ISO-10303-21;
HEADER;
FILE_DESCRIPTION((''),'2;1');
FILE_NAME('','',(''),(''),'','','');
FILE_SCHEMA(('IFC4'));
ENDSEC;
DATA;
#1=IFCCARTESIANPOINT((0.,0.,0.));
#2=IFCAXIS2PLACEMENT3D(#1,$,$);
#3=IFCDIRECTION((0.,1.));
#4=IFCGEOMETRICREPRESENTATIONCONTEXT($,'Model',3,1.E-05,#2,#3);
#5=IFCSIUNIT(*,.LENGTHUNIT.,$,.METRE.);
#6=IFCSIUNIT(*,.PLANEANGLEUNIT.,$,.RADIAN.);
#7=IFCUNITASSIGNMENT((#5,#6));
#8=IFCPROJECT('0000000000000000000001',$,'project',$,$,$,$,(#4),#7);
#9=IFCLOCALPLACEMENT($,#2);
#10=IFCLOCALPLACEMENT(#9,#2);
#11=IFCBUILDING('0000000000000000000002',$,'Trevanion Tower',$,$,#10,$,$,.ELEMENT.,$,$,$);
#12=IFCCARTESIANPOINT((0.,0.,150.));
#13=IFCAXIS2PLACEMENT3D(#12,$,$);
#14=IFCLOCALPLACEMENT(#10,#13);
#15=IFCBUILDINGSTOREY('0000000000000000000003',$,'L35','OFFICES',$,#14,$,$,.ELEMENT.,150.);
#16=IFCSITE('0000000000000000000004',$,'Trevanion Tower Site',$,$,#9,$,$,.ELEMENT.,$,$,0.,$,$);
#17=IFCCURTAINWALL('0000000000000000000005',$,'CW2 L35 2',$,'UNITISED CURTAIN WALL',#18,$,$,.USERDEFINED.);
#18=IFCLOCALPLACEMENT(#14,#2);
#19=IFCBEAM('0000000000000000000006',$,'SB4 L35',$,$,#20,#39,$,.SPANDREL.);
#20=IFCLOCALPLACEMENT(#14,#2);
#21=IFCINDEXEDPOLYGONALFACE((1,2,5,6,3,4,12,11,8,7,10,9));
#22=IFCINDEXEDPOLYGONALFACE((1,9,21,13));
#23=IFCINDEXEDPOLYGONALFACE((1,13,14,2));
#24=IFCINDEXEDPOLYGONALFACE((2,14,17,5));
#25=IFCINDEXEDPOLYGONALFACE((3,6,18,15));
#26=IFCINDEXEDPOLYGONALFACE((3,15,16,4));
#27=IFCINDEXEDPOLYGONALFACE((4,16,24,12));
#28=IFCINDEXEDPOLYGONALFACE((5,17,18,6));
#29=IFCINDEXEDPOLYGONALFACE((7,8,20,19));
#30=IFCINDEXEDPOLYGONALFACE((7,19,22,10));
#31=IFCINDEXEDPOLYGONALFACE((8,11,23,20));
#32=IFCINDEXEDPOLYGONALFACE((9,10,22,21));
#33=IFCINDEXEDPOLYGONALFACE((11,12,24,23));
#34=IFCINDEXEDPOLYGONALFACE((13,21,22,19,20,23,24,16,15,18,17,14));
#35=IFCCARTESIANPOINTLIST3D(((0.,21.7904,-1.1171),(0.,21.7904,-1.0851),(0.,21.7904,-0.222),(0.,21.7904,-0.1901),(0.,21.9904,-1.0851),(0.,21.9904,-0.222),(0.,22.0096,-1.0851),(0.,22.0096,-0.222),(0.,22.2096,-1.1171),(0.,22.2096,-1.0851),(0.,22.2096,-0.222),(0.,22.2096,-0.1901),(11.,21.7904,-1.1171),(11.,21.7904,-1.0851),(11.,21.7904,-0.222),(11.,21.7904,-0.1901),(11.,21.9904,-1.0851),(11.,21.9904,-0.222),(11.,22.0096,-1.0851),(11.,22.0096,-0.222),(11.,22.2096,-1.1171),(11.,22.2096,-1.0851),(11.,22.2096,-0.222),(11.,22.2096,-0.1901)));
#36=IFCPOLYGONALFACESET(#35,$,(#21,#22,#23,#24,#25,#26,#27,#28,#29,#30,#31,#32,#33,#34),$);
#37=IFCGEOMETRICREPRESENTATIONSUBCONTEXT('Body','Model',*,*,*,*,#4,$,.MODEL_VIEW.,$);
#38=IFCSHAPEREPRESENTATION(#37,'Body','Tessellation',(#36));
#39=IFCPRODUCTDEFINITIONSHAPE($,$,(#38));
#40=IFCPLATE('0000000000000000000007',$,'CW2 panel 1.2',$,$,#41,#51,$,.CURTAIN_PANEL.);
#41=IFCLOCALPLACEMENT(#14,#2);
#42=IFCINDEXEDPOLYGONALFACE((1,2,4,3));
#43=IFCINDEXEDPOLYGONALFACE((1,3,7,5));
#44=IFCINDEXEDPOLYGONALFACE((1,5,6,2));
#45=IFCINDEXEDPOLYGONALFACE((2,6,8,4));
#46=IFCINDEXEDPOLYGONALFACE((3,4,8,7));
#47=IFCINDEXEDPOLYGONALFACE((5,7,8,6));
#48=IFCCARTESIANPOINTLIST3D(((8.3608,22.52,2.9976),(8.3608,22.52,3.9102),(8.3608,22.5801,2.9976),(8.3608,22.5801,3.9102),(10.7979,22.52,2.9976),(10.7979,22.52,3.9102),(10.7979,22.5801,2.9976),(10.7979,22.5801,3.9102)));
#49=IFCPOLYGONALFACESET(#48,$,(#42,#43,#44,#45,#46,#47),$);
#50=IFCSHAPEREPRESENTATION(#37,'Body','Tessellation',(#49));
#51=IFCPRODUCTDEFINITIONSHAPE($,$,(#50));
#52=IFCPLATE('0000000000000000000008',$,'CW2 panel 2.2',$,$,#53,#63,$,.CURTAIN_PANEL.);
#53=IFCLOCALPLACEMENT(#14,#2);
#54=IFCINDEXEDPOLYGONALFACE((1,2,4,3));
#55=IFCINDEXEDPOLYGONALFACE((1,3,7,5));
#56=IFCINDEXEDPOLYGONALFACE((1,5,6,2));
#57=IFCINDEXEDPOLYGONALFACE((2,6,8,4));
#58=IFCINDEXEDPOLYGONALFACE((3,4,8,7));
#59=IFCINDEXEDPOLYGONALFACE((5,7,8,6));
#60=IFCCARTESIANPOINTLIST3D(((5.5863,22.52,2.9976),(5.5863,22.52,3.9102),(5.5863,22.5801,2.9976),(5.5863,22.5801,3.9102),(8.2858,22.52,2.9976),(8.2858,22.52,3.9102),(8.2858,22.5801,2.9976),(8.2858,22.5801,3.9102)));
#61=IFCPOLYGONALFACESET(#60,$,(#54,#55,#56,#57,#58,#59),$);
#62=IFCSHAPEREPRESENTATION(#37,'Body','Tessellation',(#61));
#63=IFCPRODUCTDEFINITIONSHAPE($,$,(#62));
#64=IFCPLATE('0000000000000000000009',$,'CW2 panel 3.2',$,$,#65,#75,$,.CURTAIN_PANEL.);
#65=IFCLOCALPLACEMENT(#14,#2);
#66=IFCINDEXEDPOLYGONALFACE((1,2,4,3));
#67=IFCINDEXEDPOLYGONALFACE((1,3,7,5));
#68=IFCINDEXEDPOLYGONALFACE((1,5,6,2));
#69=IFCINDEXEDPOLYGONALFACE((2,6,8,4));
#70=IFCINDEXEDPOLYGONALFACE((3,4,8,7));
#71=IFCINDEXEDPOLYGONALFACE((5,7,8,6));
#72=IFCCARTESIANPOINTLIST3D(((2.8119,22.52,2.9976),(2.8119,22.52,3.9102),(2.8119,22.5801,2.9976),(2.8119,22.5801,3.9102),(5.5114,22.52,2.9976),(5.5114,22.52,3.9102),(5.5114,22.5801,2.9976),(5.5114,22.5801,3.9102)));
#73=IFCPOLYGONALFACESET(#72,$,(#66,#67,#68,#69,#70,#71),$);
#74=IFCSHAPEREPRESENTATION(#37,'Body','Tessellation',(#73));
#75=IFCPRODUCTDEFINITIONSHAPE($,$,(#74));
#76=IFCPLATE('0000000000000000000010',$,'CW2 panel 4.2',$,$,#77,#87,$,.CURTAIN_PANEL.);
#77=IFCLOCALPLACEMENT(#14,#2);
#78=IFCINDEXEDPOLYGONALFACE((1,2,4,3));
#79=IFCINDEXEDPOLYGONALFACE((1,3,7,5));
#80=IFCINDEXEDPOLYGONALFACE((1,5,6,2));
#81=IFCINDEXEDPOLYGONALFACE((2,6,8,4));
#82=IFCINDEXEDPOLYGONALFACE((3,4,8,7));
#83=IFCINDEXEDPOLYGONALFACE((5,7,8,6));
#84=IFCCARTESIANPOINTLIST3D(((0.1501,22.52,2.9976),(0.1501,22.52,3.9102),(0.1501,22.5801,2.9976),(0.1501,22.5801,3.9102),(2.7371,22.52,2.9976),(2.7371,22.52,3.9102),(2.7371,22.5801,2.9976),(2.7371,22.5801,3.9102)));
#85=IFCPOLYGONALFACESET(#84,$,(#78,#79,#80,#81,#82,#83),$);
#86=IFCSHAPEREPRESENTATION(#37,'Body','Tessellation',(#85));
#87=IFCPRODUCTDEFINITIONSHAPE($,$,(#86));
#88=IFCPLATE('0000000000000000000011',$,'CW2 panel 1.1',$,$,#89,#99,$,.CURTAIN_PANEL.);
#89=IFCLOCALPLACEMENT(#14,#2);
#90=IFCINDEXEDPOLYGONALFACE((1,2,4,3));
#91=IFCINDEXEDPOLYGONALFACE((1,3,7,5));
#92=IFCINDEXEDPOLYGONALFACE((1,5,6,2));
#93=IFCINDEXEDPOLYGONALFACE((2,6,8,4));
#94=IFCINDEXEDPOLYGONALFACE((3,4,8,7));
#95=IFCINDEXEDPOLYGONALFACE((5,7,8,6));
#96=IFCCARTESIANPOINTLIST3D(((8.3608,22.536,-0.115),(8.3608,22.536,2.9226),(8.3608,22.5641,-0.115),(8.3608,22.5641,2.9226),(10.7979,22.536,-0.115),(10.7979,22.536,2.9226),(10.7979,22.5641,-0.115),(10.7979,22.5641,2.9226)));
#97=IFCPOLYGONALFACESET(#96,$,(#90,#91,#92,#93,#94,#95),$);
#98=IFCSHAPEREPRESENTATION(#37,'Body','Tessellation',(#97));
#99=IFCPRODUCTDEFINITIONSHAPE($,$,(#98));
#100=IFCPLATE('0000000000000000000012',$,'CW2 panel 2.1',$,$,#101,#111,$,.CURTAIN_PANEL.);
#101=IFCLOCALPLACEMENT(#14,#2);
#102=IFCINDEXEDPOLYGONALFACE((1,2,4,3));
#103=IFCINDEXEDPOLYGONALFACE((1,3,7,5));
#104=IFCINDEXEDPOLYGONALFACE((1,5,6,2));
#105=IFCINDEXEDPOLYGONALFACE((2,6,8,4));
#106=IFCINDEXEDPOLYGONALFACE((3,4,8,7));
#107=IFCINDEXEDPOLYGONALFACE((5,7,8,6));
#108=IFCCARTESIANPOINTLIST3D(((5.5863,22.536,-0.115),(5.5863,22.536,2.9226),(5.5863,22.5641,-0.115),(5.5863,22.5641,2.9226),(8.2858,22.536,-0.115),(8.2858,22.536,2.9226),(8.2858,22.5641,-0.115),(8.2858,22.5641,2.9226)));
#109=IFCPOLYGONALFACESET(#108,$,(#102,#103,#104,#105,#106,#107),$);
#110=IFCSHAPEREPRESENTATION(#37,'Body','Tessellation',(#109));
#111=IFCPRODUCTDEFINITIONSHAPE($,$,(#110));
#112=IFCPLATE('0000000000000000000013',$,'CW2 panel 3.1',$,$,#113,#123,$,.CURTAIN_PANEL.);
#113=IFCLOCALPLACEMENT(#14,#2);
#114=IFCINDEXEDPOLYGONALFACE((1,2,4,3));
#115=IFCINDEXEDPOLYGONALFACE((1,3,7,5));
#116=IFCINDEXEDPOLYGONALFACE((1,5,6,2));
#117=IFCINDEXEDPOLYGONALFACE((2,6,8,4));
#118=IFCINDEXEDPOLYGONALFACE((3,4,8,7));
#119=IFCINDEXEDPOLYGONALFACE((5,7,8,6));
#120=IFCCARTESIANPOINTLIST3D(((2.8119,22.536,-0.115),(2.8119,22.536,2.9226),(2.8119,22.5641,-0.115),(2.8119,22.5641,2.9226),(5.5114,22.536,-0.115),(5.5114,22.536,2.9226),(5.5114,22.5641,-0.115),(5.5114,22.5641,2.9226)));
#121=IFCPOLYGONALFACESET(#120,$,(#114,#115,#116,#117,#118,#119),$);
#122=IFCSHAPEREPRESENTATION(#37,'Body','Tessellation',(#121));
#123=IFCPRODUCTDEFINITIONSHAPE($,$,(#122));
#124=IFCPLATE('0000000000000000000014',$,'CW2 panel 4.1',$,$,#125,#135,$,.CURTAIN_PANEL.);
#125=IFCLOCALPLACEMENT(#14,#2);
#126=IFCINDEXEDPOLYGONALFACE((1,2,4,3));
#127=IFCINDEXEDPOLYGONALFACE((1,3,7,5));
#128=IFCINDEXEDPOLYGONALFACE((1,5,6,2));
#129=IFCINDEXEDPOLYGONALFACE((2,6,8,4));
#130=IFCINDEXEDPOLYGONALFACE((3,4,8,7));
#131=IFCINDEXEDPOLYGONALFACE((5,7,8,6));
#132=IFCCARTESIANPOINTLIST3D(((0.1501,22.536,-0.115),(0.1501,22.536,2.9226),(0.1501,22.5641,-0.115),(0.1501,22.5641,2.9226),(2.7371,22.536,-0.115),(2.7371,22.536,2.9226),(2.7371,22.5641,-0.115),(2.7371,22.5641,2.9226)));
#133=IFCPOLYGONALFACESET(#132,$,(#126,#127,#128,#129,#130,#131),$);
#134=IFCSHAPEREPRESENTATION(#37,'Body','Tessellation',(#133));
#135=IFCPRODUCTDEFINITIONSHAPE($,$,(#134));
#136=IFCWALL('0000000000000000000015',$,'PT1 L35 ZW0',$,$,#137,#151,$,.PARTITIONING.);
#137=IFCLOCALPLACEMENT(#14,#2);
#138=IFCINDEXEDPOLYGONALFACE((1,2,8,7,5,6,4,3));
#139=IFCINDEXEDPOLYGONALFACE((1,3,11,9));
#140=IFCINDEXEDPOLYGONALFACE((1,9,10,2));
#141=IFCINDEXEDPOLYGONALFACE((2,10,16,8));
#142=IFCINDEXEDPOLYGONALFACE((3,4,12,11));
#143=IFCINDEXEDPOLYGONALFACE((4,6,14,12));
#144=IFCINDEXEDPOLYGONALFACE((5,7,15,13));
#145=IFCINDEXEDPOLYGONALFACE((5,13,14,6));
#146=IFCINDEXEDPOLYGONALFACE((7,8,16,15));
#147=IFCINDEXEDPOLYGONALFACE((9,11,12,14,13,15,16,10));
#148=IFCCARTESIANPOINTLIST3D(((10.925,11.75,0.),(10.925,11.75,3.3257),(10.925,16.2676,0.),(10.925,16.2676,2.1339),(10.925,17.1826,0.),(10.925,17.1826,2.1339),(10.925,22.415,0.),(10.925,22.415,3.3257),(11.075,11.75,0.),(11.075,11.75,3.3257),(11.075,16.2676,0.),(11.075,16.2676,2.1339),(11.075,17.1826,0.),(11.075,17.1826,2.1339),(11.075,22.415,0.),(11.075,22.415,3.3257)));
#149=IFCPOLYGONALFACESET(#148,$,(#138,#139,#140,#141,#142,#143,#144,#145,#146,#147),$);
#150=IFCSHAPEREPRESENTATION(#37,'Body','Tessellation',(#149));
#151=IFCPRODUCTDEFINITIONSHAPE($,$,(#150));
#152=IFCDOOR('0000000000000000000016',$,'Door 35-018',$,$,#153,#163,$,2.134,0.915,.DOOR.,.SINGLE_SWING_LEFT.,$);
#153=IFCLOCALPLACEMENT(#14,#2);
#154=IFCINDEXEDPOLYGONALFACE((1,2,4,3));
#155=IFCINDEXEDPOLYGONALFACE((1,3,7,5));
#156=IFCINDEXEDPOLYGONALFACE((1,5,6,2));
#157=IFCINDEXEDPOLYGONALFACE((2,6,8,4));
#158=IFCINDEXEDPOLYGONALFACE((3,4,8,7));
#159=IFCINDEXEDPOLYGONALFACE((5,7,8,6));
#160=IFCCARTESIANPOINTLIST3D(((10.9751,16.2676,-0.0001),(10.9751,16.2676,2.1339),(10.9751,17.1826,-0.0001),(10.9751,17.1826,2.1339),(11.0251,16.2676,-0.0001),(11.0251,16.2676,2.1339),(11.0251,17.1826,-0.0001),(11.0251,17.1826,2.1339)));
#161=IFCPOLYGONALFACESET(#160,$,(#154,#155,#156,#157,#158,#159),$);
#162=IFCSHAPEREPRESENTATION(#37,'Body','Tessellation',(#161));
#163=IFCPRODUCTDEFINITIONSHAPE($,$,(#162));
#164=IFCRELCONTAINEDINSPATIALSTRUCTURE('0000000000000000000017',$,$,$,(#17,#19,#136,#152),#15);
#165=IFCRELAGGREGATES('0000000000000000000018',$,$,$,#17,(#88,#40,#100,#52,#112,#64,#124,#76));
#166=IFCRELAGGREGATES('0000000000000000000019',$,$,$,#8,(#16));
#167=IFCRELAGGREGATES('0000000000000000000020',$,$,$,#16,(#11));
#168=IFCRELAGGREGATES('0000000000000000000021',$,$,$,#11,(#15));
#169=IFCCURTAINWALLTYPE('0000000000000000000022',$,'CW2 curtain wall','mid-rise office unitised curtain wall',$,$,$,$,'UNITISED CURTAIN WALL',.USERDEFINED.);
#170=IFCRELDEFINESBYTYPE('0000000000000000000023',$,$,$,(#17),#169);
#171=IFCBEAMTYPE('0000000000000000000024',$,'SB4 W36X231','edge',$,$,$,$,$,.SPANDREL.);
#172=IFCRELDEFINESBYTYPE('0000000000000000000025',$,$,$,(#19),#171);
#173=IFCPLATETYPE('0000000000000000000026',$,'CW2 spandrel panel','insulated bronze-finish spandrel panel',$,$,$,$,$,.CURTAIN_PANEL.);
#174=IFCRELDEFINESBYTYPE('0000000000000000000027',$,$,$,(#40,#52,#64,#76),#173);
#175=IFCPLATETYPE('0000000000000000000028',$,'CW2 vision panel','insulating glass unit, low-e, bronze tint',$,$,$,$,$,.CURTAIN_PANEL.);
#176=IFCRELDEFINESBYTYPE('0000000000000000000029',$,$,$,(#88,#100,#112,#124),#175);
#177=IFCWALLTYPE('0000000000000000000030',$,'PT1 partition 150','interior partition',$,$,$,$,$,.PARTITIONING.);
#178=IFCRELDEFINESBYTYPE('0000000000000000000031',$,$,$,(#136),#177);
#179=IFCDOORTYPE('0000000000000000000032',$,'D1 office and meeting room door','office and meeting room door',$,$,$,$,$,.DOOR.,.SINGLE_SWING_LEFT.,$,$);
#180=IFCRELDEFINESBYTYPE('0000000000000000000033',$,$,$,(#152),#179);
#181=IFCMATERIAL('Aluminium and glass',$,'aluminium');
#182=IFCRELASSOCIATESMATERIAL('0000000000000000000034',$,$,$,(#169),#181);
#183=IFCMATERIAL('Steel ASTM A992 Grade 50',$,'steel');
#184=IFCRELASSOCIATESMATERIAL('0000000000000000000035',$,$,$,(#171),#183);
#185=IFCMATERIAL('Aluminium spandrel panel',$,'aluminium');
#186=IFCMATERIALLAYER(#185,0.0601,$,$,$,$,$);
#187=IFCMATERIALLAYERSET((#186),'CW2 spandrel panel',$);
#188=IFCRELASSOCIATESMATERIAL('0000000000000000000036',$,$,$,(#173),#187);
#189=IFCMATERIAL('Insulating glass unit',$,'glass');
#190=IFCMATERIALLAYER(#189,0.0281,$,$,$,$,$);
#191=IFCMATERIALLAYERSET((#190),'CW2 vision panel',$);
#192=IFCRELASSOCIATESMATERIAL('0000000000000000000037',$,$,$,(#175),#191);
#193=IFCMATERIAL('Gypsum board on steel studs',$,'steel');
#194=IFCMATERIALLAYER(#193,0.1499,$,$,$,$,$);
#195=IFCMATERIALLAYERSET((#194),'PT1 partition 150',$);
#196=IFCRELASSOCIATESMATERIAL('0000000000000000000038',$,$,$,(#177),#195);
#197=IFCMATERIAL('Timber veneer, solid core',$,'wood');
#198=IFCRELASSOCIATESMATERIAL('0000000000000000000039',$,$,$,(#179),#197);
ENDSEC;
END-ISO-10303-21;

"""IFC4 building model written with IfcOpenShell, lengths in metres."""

from ifc_helpers import new_model, si_unit, direction, frame, frame_2d, origin, origin_2d, place, context, subcontext, project, spatial, rectangle, i_section, extrude, material, layer, layer_set, material_profile, profile_set, type_object, element, fill, aggregate, save


model = new_model("IFC4")

# Units and contexts
model_context = context("Model", 3, precision=1e-05, world=origin(), true_north=direction((0.0, 1.0)))
body_context = subcontext(model_context, "Body", "Model", "MODEL_VIEW")
ifc_project = project(units=[si_unit("LENGTHUNIT", "METRE"), si_unit("PLANEANGLEUNIT", "RADIAN")], contexts=[model_context])

# Site, building, storey
site_placement = place(None, origin())
site = spatial("IfcSite", under=ifc_project, at=site_placement, Name="Trevanion Tower Site", CompositionType="ELEMENT", RefElevation=0.0)
building_placement = place(site_placement, origin())
building = spatial("IfcBuilding", under=site, at=building_placement, Name="Trevanion Tower", CompositionType="ELEMENT")
storey_placement = place(building_placement, frame((0.0, 0.0, 150.0)))
storey = spatial("IfcBuildingStorey", under=building, at=storey_placement, Name="L35", Description="OFFICES", CompositionType="ELEMENT", Elevation=150.0)

# Curtain wall
ifc_material_1 = material(Name="Aluminium and glass", Category="aluminium")
curtain_wall_type = type_object("IfcCurtainWallType", Name="CW2 curtain wall", Description="mid-rise office unitised curtain wall", ElementType="UNITISED CURTAIN WALL", PredefinedType="USERDEFINED", material=ifc_material_1)
curtain_wall_1_placement = place(storey_placement, origin())
curtain_wall_1 = element("IfcCurtainWall", 1, at=curtain_wall_1_placement, inside=storey, type_object=curtain_wall_type, Name="CW2 L35 2", ObjectType="UNITISED CURTAIN WALL", PredefinedType="USERDEFINED")

# Beam
ifc_material_2 = material(Name="Steel ASTM A992 Grade 50", Category="steel")
ifc_material_profile_1 = material_profile(ifc_material_2, i_section(OverallWidth=0.4192, OverallDepth=0.927, WebThickness=0.0193, FlangeThickness=0.032, at=origin_2d()), Name="W36X231")
ifc_profile_set_1 = profile_set([ifc_material_profile_1], Name="Steel ASTM A992 Grade 50")
beam_type = type_object("IfcBeamType", Name="SB4 W36X231", Description="edge", PredefinedType="SPANDREL", material=ifc_profile_set_1)
beam_placement = place(storey_placement, frame((11.0, 22.0, -0.6536), z_axis=(-1.0, 0.0, 0.0), x_axis=(0.0, -1.0, 0.0)))
element("IfcBeam", 2, at=beam_placement, inside=storey, type_object=beam_type, Name="SB4 L35", PredefinedType="SPANDREL", context=body_context, shape_type="SweptSolid", body=[
    extrude(i_section(OverallWidth=0.4192, OverallDepth=0.927, WebThickness=0.0193, FlangeThickness=0.032, at=origin_2d()), origin(), (0.0, 0.0, 1.0), 11.0),
])

# Plates
ifc_material_3 = material(Name="Aluminium spandrel panel", Category="aluminium")
ifc_layer_1 = layer(ifc_material_3, 0.0601)
ifc_layer_set_1 = layer_set([ifc_layer_1], Name="CW2 spandrel panel")
plate_type_1 = type_object("IfcPlateType", Name="CW2 spandrel panel", Description="insulated bronze-finish spandrel panel", PredefinedType="CURTAIN_PANEL", material=ifc_layer_set_1)
plate_1_placement = place(storey_placement, frame((9.5793, 22.55, 2.9976), z_axis=(0.0, 0.0, 1.0), x_axis=(-1.0, 0.0, 0.0)))
plate_1 = element("IfcPlate", 3, at=plate_1_placement, type_object=plate_type_1, Name="CW2 panel 1.2", PredefinedType="CURTAIN_PANEL", context=body_context, shape_type="SweptSolid", body=[
    extrude(rectangle(XDim=2.437, YDim=0.0601, at=origin_2d()), origin(), (0.0, 0.0, 1.0), 0.9126),
])
plate_2_placement = place(storey_placement, frame((6.936, 22.55, 2.9976), z_axis=(0.0, 0.0, 1.0), x_axis=(-1.0, 0.0, 0.0)))
plate_2 = element("IfcPlate", 4, at=plate_2_placement, type_object=plate_type_1, Name="CW2 panel 2.2", PredefinedType="CURTAIN_PANEL", context=body_context, shape_type="SweptSolid", body=[
    extrude(rectangle(XDim=2.6995, YDim=0.0601, at=origin_2d()), origin(), (0.0, 0.0, 1.0), 0.9126),
])
plate_3_placement = place(storey_placement, frame((4.1616, 22.55, 2.9976), z_axis=(0.0, 0.0, 1.0), x_axis=(-1.0, 0.0, 0.0)))
plate_3 = element("IfcPlate", 5, at=plate_3_placement, type_object=plate_type_1, Name="CW2 panel 3.2", PredefinedType="CURTAIN_PANEL", context=body_context, shape_type="SweptSolid", body=[
    extrude(rectangle(XDim=2.6995, YDim=0.0601, at=origin_2d()), origin(), (0.0, 0.0, 1.0), 0.9126),
])
plate_4_placement = place(storey_placement, frame((1.4436, 22.55, 2.9976), z_axis=(0.0, 0.0, 1.0), x_axis=(-1.0, 0.0, 0.0)))
plate_4 = element("IfcPlate", 6, at=plate_4_placement, type_object=plate_type_1, Name="CW2 panel 4.2", PredefinedType="CURTAIN_PANEL", context=body_context, shape_type="SweptSolid", body=[
    extrude(rectangle(XDim=2.5869, YDim=0.0601, at=origin_2d()), origin(), (0.0, 0.0, 1.0), 0.9126),
])
ifc_material_4 = material(Name="Insulating glass unit", Category="glass")
ifc_layer_2 = layer(ifc_material_4, 0.0281)
ifc_layer_set_2 = layer_set([ifc_layer_2], Name="CW2 vision panel")
plate_type_2 = type_object("IfcPlateType", Name="CW2 vision panel", Description="insulating glass unit, low-e, bronze tint", PredefinedType="CURTAIN_PANEL", material=ifc_layer_set_2)
plate_5_placement = place(storey_placement, frame((9.5793, 22.55, -0.115), z_axis=(0.0, 0.0, 1.0), x_axis=(-1.0, 0.0, 0.0)))
plate_5 = element("IfcPlate", 7, at=plate_5_placement, type_object=plate_type_2, Name="CW2 panel 1.1", PredefinedType="CURTAIN_PANEL", context=body_context, shape_type="SweptSolid", body=[
    extrude(rectangle(XDim=2.437, YDim=0.0281, at=origin_2d()), origin(), (0.0, 0.0, 1.0), 3.0376),
])
plate_6_placement = place(storey_placement, frame((6.936, 22.55, -0.115), z_axis=(0.0, 0.0, 1.0), x_axis=(-1.0, 0.0, 0.0)))
plate_6 = element("IfcPlate", 8, at=plate_6_placement, type_object=plate_type_2, Name="CW2 panel 2.1", PredefinedType="CURTAIN_PANEL", context=body_context, shape_type="SweptSolid", body=[
    extrude(rectangle(XDim=2.6995, YDim=0.0281, at=origin_2d()), origin(), (0.0, 0.0, 1.0), 3.0376),
])
plate_7_placement = place(storey_placement, frame((4.1616, 22.55, -0.115), z_axis=(0.0, 0.0, 1.0), x_axis=(-1.0, 0.0, 0.0)))
plate_7 = element("IfcPlate", 9, at=plate_7_placement, type_object=plate_type_2, Name="CW2 panel 3.1", PredefinedType="CURTAIN_PANEL", context=body_context, shape_type="SweptSolid", body=[
    extrude(rectangle(XDim=2.6995, YDim=0.0281, at=origin_2d()), origin(), (0.0, 0.0, 1.0), 3.0376),
])
plate_8_placement = place(storey_placement, frame((1.4436, 22.55, -0.115), z_axis=(0.0, 0.0, 1.0), x_axis=(-1.0, 0.0, 0.0)))
plate_8 = element("IfcPlate", 10, at=plate_8_placement, type_object=plate_type_2, Name="CW2 panel 4.1", PredefinedType="CURTAIN_PANEL", context=body_context, shape_type="SweptSolid", body=[
    extrude(rectangle(XDim=2.5869, YDim=0.0281, at=origin_2d()), origin(), (0.0, 0.0, 1.0), 3.0376),
])
aggregate(curtain_wall_1, [plate_5, plate_1, plate_6, plate_2, plate_7, plate_3, plate_8, plate_4])

# Wall, opening, door
ifc_material_5 = material(Name="Gypsum board on steel studs", Category="steel")
ifc_layer_3 = layer(ifc_material_5, 0.1499)
ifc_layer_set_3 = layer_set([ifc_layer_3], Name="PT1 partition 150")
wall_type = type_object("IfcWallType", Name="PT1 partition 150", Description="interior partition", PredefinedType="PARTITIONING", material=ifc_layer_set_3)
wall_1_placement = place(storey_placement, frame((11.0, 11.75, 0.0), z_axis=(0.0, 0.0, 1.0), x_axis=(0.0, 1.0, 0.0)))
wall_1 = element("IfcWall", 11, at=wall_1_placement, inside=storey, type_object=wall_type, Name="PT1 L35 ZW0", PredefinedType="PARTITIONING", context=body_context, shape_type="SweptSolid", body=[
    extrude(rectangle(XDim=10.665, YDim=0.1499, at=frame_2d((5.3325, 0.0))), origin(), (0.0, 0.0, 1.0), 3.3257),
])
opening_1_placement = place(wall_1_placement, frame((4.5176, 0.0, 0.0)))
opening_1 = element("IfcOpeningElement", 12, at=opening_1_placement, cuts=wall_1, PredefinedType="OPENING", context=body_context, shape_type="SweptSolid", body=[
    extrude(rectangle(XDim=0.915, YDim=2.134, at=frame_2d((0.4575, 1.0669))), frame((0.0, 0.085, 0.0), z_axis=(0.0, -1.0, 0.0), x_axis=(1.0, 0.0, 0.0)), (0.0, 0.0, 1.0), 0.1699),
])
ifc_material_6 = material(Name="Timber veneer, solid core", Category="wood")
door_type = type_object("IfcDoorType", Name="D1 office and meeting room door", Description="office and meeting room door", OperationType="SINGLE_SWING_LEFT", PredefinedType="DOOR", material=ifc_material_6)
door_1_placement = place(opening_1_placement, origin())
door_1 = element("IfcDoor", 13, at=door_1_placement, inside=storey, type_object=door_type, Name="Door 35-018", OperationType="SINGLE_SWING_LEFT", OverallHeight=2.134, OverallWidth=0.915, PredefinedType="DOOR", context=body_context, shape_type="SweptSolid", body=[
    extrude(rectangle(XDim=0.915, YDim=2.134, at=frame_2d((0.4575, 1.0669))), frame((0.0, 0.0249, 0.0), z_axis=(0.0, -1.0, 0.0), x_axis=(1.0, 0.0, 0.0)), (0.0, 0.0, 1.0), 0.05),
])
fill(opening_1, door_1)

save(model, "model.ifc")
